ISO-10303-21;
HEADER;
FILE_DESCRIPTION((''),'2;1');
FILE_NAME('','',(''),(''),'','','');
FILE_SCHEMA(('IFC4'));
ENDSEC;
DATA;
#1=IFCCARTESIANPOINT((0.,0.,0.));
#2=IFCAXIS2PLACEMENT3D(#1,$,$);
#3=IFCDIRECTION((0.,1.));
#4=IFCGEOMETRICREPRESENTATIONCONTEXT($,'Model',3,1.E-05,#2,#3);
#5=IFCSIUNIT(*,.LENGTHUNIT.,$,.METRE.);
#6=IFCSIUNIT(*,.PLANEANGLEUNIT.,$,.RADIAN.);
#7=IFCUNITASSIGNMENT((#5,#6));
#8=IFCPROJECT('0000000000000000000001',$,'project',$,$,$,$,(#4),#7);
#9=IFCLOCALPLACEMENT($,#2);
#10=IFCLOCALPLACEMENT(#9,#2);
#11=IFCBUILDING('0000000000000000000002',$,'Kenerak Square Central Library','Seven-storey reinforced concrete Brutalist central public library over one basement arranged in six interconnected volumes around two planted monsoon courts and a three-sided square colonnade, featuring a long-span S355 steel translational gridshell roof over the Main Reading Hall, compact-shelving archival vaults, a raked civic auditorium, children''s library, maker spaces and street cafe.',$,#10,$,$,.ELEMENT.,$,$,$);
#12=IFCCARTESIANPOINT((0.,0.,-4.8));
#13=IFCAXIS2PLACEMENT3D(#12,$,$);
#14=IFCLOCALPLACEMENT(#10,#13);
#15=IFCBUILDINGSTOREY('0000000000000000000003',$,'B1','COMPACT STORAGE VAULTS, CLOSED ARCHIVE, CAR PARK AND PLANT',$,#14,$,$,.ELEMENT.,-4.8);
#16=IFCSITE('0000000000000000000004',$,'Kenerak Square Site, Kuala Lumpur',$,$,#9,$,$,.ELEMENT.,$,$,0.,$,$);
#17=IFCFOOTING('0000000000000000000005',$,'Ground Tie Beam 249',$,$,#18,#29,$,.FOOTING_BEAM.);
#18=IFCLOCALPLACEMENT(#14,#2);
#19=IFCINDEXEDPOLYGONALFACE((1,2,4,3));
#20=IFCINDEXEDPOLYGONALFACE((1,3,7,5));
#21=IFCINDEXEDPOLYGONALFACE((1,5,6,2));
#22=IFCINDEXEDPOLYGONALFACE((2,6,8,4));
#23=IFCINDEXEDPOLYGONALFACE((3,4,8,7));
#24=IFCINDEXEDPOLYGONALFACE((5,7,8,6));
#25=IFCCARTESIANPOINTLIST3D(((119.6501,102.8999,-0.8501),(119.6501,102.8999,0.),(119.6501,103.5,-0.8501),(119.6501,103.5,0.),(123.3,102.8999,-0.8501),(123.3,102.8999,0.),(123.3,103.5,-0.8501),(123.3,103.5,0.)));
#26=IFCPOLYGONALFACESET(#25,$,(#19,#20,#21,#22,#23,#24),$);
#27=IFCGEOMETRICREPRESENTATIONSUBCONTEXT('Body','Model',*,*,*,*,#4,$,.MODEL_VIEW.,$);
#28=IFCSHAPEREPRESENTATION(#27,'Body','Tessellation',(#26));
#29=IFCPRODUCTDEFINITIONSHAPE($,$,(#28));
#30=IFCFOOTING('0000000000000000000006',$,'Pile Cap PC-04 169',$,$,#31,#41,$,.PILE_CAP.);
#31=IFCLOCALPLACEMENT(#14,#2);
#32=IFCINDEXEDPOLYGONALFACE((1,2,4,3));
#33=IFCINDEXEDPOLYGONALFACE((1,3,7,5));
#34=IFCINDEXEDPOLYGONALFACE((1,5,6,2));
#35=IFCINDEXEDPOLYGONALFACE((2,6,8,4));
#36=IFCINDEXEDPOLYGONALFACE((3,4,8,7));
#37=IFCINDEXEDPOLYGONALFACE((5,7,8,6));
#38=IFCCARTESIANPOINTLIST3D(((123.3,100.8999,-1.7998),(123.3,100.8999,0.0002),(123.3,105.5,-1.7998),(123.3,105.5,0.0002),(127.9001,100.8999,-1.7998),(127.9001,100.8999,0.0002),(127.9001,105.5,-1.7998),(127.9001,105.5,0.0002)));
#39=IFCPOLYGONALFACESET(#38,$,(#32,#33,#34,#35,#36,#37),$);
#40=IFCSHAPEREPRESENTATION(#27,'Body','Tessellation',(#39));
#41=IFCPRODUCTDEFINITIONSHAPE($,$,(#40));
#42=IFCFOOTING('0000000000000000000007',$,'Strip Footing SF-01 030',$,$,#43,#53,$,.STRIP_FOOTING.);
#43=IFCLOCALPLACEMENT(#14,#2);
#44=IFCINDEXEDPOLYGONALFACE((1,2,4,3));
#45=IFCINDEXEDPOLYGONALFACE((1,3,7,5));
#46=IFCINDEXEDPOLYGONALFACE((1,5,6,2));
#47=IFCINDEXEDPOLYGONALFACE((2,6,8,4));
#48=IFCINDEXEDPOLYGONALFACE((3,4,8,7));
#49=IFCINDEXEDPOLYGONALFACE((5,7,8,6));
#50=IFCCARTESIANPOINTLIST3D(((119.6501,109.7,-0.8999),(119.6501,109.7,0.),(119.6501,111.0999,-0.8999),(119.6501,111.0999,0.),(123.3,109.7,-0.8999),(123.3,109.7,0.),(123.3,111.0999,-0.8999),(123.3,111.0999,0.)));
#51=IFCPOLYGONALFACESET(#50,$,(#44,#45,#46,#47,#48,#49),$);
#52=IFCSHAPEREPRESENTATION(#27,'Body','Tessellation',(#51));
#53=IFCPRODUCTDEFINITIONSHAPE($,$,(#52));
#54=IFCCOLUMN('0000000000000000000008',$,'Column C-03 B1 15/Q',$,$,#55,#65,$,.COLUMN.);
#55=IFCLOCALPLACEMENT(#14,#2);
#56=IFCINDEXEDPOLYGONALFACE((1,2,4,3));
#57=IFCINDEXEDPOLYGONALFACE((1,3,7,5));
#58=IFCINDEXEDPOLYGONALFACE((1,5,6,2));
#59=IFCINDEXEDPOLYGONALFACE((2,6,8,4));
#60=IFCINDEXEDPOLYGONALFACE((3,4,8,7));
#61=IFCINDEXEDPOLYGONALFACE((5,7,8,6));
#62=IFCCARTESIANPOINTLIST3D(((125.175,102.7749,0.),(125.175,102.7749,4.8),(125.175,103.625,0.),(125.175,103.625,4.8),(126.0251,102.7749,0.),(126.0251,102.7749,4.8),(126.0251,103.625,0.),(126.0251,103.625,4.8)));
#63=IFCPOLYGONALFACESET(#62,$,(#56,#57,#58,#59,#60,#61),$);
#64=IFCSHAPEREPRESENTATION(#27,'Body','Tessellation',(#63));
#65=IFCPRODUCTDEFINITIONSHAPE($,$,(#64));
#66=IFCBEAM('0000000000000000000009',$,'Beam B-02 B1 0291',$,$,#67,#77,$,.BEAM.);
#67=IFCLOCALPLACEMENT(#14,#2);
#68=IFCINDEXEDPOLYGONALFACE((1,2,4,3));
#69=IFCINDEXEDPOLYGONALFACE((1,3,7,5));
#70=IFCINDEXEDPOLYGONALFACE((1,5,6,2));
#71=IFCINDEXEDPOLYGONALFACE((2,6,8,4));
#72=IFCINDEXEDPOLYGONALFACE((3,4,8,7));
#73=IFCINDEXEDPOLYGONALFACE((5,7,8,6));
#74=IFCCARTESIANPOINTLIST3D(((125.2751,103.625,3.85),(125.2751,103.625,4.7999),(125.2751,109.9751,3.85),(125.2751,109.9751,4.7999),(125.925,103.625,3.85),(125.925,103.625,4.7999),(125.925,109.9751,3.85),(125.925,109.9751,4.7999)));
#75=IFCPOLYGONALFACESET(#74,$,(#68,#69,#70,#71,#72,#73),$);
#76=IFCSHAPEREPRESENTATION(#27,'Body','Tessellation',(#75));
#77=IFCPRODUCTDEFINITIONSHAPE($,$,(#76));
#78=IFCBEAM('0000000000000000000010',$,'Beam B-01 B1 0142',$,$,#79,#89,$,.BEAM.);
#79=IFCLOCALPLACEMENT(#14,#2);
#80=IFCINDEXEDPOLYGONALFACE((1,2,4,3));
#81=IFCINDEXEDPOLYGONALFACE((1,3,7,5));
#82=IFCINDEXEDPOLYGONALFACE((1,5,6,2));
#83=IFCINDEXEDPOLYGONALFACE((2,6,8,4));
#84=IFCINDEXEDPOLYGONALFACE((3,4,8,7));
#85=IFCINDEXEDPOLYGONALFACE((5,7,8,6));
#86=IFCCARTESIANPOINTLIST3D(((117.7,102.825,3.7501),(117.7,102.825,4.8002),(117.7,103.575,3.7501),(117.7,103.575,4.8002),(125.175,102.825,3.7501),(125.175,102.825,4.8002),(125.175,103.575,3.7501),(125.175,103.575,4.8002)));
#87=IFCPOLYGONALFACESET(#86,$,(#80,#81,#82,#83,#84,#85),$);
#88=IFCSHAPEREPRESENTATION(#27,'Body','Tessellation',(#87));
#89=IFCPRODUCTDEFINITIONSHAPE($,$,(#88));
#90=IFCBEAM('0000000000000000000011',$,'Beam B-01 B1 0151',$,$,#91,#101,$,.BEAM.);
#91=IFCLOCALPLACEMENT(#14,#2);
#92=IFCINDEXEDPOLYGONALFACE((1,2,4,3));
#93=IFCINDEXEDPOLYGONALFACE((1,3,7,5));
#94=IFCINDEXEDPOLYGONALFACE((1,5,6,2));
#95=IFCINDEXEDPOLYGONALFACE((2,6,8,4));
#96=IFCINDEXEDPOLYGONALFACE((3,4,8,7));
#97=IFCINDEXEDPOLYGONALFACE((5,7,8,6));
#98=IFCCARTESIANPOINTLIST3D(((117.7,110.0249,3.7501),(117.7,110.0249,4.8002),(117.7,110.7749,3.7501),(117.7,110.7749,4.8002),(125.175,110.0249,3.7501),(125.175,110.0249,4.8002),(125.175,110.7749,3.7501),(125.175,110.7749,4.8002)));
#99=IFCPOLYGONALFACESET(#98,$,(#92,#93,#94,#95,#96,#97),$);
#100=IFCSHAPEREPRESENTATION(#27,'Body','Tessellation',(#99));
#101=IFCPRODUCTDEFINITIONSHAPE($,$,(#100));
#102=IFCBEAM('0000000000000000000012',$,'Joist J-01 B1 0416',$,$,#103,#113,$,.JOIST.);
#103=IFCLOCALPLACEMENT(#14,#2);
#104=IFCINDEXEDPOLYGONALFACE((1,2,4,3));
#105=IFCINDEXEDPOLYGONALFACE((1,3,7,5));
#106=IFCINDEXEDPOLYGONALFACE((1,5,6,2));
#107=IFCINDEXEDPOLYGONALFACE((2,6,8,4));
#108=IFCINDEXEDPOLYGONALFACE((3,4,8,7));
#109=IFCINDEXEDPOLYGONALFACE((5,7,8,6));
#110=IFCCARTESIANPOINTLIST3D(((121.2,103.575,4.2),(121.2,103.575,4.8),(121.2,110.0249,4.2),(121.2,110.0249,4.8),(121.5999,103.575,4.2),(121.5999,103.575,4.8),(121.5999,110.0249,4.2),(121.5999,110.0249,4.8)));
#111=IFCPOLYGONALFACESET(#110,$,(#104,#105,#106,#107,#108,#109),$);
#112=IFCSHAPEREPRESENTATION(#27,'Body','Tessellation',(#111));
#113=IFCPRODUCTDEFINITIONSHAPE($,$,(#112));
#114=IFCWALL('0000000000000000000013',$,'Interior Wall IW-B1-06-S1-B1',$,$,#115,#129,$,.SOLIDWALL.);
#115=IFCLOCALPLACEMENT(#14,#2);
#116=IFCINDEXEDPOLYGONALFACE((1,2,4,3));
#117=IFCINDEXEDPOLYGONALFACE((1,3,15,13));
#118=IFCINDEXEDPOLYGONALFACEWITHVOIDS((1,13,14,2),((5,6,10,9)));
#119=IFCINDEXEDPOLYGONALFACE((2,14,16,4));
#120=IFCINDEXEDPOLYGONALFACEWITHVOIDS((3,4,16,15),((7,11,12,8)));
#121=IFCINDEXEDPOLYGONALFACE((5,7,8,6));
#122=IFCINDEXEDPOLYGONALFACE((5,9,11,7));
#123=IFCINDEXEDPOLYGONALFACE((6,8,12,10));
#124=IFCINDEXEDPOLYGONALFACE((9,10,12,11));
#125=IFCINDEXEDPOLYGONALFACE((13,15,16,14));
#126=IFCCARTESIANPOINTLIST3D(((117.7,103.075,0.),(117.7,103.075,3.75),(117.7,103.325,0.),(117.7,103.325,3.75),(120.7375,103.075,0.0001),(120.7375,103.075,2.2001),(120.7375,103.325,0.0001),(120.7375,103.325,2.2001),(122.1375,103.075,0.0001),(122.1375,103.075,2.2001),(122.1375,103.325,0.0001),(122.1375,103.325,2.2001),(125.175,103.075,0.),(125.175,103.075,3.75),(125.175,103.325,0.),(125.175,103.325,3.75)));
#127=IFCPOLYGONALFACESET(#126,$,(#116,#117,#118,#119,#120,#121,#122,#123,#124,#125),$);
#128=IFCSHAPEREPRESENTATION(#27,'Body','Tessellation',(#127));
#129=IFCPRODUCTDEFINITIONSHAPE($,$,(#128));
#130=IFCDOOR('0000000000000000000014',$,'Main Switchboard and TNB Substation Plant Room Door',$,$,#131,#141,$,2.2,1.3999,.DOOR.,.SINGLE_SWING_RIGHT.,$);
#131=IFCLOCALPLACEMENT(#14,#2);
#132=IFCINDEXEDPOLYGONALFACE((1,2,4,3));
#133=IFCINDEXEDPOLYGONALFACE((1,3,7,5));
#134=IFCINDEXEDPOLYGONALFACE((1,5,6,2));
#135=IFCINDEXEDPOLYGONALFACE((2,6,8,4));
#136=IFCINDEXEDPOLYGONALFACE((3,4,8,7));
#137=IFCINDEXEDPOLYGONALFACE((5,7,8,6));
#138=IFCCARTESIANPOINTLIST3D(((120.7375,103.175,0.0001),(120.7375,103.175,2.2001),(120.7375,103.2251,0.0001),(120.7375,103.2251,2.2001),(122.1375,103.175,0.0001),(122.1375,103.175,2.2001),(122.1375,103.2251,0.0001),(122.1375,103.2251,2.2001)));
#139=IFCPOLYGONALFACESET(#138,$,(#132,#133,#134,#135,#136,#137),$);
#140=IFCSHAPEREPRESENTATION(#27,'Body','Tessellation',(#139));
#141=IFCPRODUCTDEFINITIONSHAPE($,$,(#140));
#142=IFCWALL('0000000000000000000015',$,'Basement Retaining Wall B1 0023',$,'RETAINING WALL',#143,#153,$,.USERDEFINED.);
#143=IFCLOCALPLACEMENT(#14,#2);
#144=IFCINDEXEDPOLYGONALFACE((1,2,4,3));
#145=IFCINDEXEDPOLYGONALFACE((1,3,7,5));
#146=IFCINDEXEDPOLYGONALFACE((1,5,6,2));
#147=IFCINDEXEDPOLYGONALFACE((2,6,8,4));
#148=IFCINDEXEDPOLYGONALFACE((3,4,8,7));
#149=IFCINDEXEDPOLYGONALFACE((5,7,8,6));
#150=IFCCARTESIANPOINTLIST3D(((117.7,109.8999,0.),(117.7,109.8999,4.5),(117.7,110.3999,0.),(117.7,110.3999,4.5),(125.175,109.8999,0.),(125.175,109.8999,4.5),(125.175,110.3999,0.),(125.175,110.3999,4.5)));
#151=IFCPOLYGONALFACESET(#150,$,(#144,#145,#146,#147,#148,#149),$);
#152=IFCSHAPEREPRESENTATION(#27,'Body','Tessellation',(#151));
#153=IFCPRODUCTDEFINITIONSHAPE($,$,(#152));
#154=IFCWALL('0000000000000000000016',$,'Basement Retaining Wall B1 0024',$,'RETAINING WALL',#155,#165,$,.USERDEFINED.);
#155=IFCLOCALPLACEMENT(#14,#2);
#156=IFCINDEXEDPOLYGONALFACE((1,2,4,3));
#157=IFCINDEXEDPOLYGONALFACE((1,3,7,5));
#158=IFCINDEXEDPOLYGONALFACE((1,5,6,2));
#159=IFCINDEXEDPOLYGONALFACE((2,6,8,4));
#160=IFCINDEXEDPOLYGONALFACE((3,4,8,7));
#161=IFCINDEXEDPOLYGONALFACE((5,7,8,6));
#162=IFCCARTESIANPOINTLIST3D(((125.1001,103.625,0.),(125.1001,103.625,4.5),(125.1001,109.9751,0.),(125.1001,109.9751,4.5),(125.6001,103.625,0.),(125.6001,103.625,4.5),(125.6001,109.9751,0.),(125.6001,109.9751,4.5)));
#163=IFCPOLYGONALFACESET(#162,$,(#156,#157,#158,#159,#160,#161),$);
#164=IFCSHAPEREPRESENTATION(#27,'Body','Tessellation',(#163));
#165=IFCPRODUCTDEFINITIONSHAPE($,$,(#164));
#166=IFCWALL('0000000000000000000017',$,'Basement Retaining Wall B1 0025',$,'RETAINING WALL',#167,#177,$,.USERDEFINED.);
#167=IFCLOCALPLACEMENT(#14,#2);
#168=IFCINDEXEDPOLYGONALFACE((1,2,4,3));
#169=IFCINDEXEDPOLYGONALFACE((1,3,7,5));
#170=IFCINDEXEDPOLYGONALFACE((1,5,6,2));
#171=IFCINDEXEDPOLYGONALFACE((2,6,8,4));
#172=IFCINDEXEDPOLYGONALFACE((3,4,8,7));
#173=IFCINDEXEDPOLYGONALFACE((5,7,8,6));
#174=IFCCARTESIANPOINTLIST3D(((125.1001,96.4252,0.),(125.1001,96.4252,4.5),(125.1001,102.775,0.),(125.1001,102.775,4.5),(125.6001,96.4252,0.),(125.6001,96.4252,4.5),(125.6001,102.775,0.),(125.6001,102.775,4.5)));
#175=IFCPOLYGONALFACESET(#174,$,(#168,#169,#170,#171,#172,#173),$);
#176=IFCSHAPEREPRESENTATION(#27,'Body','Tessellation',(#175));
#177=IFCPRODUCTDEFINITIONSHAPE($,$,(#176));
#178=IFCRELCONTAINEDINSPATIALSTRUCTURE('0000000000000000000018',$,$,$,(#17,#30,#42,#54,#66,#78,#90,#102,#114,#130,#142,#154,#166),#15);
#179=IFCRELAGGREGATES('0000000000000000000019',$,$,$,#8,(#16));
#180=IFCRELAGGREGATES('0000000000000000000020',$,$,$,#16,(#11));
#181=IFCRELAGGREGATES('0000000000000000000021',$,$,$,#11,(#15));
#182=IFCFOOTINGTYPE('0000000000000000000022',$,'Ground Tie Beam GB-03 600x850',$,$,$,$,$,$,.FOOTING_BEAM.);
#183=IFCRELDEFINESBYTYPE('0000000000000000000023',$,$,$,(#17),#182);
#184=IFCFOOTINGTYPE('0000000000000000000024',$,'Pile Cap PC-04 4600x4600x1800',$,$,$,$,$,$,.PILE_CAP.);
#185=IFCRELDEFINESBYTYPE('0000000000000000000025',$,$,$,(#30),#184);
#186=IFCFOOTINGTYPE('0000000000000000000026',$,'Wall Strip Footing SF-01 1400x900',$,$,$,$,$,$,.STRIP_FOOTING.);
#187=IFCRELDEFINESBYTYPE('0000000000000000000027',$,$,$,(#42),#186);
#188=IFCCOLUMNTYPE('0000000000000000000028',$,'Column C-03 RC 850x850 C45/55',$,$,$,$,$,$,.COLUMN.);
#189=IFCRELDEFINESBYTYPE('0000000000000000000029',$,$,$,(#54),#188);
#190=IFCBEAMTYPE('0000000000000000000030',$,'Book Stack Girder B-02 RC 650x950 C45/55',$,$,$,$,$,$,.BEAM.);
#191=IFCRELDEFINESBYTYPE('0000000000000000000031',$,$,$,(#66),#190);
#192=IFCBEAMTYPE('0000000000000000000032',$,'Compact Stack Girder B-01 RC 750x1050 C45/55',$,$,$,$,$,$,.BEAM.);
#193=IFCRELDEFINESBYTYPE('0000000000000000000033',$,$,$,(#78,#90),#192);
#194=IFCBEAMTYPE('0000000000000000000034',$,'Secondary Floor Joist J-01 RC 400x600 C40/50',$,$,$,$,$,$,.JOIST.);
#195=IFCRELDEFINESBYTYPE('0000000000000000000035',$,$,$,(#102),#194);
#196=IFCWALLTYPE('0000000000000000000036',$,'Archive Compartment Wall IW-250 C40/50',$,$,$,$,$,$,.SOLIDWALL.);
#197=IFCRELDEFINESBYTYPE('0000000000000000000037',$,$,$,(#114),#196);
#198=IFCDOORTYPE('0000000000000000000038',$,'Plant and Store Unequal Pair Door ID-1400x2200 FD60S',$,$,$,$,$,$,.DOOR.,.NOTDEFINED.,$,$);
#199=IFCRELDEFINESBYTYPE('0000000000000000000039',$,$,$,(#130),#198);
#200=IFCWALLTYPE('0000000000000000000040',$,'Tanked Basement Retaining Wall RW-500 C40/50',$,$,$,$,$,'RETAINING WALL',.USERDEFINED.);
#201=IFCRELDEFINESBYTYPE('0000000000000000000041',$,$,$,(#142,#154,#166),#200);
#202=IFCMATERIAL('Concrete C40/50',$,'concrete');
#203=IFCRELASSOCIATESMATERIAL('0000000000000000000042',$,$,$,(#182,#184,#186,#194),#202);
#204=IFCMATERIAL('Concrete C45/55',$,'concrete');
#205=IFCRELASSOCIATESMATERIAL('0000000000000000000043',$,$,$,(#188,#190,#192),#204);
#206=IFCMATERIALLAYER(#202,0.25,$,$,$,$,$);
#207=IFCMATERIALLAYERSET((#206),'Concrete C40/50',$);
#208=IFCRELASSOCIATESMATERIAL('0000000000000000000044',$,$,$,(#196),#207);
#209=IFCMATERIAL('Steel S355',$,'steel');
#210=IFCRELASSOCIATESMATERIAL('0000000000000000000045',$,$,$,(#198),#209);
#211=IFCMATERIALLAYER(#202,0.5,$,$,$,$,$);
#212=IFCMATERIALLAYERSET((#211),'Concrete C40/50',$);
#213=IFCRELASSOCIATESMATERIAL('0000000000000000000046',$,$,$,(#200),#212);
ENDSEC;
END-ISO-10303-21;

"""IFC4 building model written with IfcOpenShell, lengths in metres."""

from ifc_helpers import new_model, si_unit, direction, frame, frame_2d, origin, origin_2d, place, context, subcontext, project, spatial, rectangle, extrude, material, layer, layer_set, material_profile, profile_set, type_object, element, fill, save


model = new_model("IFC4")

# Units and contexts
model_context = context("Model", 3, precision=1e-05, world=origin(), true_north=direction((0.0, 1.0)))
body_context = subcontext(model_context, "Body", "Model", "MODEL_VIEW")
ifc_project = project(units=[si_unit("LENGTHUNIT", "METRE"), si_unit("PLANEANGLEUNIT", "RADIAN")], contexts=[model_context])

# Site, building, storey
site_placement = place(None, origin())
site = spatial("IfcSite", under=ifc_project, at=site_placement, Name="Kenerak Square Site, Kuala Lumpur", CompositionType="ELEMENT", RefElevation=0.0)
building_placement = place(site_placement, origin())
building = spatial("IfcBuilding", under=site, at=building_placement, Name="Kenerak Square Central Library", Description="Seven-storey reinforced concrete Brutalist central public library over one basement arranged in six interconnected volumes around two planted monsoon courts and a three-sided square colonnade, featuring a long-span S355 steel translational gridshell roof over the Main Reading Hall, compact-shelving archival vaults, a raked civic auditorium, children's library, maker spaces and street cafe.", CompositionType="ELEMENT")
storey_placement = place(building_placement, frame((0.0, 0.0, -4.8)))
storey = spatial("IfcBuildingStorey", under=building, at=storey_placement, Name="B1", Description="COMPACT STORAGE VAULTS, CLOSED ARCHIVE, CAR PARK AND PLANT", CompositionType="ELEMENT", Elevation=-4.8)

# Shared definitions
ifc_material_1 = material(Name="Concrete C40/50", Category="concrete")

# Footings
footing_type_1 = type_object("IfcFootingType", Name="Ground Tie Beam GB-03 600x850", PredefinedType="FOOTING_BEAM", material=ifc_material_1)
footing_1_placement = place(storey_placement, frame((121.4751, 103.2, -0.8501), z_axis=(0.0, 0.0, 1.0), x_axis=(1.0, 0.0, 0.0)))
element("IfcFooting", 1, at=footing_1_placement, inside=storey, type_object=footing_type_1, Name="Ground Tie Beam 249", PredefinedType="FOOTING_BEAM", context=body_context, shape_type="SweptSolid", body=[
    extrude(rectangle(XDim=3.6499, YDim=0.6001, at=origin_2d()), origin(), (0.0, 0.0, 1.0), 0.8501),
])
footing_type_2 = type_object("IfcFootingType", Name="Pile Cap PC-04 4600x4600x1800", PredefinedType="PILE_CAP", material=ifc_material_1)
footing_2_placement = place(storey_placement, frame((125.6001, 103.2, -1.7998), z_axis=(0.0, 0.0, 1.0), x_axis=(1.0, 0.0, 0.0)))
element("IfcFooting", 2, at=footing_2_placement, inside=storey, type_object=footing_type_2, Name="Pile Cap PC-04 169", PredefinedType="PILE_CAP", context=body_context, shape_type="SweptSolid", body=[
    extrude(rectangle(XDim=4.6001, YDim=4.6001, at=origin_2d()), origin(), (0.0, 0.0, 1.0), 1.8),
])
footing_type_3 = type_object("IfcFootingType", Name="Wall Strip Footing SF-01 1400x900", PredefinedType="STRIP_FOOTING", material=ifc_material_1)
footing_3_placement = place(storey_placement, frame((121.4751, 110.3999, -0.8999), z_axis=(0.0, 0.0, 1.0), x_axis=(1.0, 0.0, 0.0)))
element("IfcFooting", 3, at=footing_3_placement, inside=storey, type_object=footing_type_3, Name="Strip Footing SF-01 030", PredefinedType="STRIP_FOOTING", context=body_context, shape_type="SweptSolid", body=[
    extrude(rectangle(XDim=3.6499, YDim=1.3999, at=origin_2d()), origin(), (0.0, 0.0, 1.0), 0.8999),
])

# Column
ifc_material_2 = material(Name="Concrete C45/55", Category="concrete")
ifc_material_profile_1 = material_profile(ifc_material_2, rectangle(XDim=0.8501, YDim=0.8501, at=origin_2d()), Name="RC 850x850")
ifc_profile_set_1 = profile_set([ifc_material_profile_1], Name="Concrete C45/55")
column_type = type_object("IfcColumnType", Name="Column C-03 RC 850x850 C45/55", PredefinedType="COLUMN", material=ifc_profile_set_1)
column_placement = place(storey_placement, frame((125.6001, 103.2, 0.0), z_axis=(0.0, 0.0, 1.0), x_axis=(1.0, 0.0, 0.0)))
element("IfcColumn", 4, at=column_placement, inside=storey, type_object=column_type, Name="Column C-03 B1 15/Q", PredefinedType="COLUMN", context=body_context, shape_type="SweptSolid", body=[
    extrude(rectangle(XDim=0.8501, YDim=0.8501, at=origin_2d()), origin(), (0.0, 0.0, 1.0), 4.8),
])

# Beams
ifc_material_profile_2 = material_profile(ifc_material_2, rectangle(XDim=0.6499, YDim=0.95, at=origin_2d()), Name="RC 650x950")
ifc_profile_set_2 = profile_set([ifc_material_profile_2], Name="Concrete C45/55")
beam_type_1 = type_object("IfcBeamType", Name="Book Stack Girder B-02 RC 650x950 C45/55", PredefinedType="BEAM", material=ifc_profile_set_2)
beam_1_placement = place(storey_placement, frame((125.6001, 103.625, 4.325), z_axis=(0.0, 1.0, 0.0), x_axis=(-1.0, 0.0, 0.0)))
element("IfcBeam", 5, at=beam_1_placement, inside=storey, type_object=beam_type_1, Name="Beam B-02 B1 0291", PredefinedType="BEAM", context=body_context, shape_type="SweptSolid", body=[
    extrude(rectangle(XDim=0.6499, YDim=0.95, at=origin_2d()), origin(), (0.0, 0.0, 1.0), 6.3501),
])
ifc_material_profile_3 = material_profile(ifc_material_2, rectangle(XDim=0.75, YDim=1.05, at=origin_2d()), Name="RC 750x1050")
ifc_profile_set_3 = profile_set([ifc_material_profile_3], Name="Concrete C45/55")
beam_type_2 = type_object("IfcBeamType", Name="Compact Stack Girder B-01 RC 750x1050 C45/55", PredefinedType="BEAM", material=ifc_profile_set_3)
for number, where, z_axis, x_axis, name in (
    (6, (117.7, 103.2, 4.2751), (1.0, 0.0, 0.0), (0.0, 1.0, 0.0), "Beam B-01 B1 0142"),
    (7, (117.7, 110.3999, 4.2751), (1.0, 0.0, 0.0), (0.0, 1.0, 0.0), "Beam B-01 B1 0151"),
):
    element("IfcBeam", number, at=place(storey_placement, frame(where, z_axis=z_axis, x_axis=x_axis)), inside=storey, type_object=beam_type_2, Name=name, PredefinedType="BEAM", context=body_context, shape_type="SweptSolid", body=[
        extrude(rectangle(XDim=0.75, YDim=1.05, at=origin_2d()), origin(), (0.0, 0.0, 1.0), 7.4751),
    ])
ifc_material_profile_4 = material_profile(ifc_material_1, rectangle(XDim=0.3999, YDim=0.6001, at=origin_2d()), Name="RC 400x600")
ifc_profile_set_4 = profile_set([ifc_material_profile_4], Name="Concrete C40/50")
beam_type_3 = type_object("IfcBeamType", Name="Secondary Floor Joist J-01 RC 400x600 C40/50", PredefinedType="JOIST", material=ifc_profile_set_4)
beam_2_placement = place(storey_placement, frame((121.3999, 103.575, 4.5), z_axis=(0.0, 1.0, 0.0), x_axis=(-1.0, 0.0, 0.0)))
element("IfcBeam", 8, at=beam_2_placement, inside=storey, type_object=beam_type_3, Name="Joist J-01 B1 0416", PredefinedType="JOIST", context=body_context, shape_type="SweptSolid", body=[
    extrude(rectangle(XDim=0.3999, YDim=0.6001, at=origin_2d()), origin(), (0.0, 0.0, 1.0), 6.45),
])

# Wall, opening, door
ifc_layer_1 = layer(ifc_material_1, 0.25)
ifc_layer_set_1 = layer_set([ifc_layer_1], Name="Concrete C40/50")
wall_type_1 = type_object("IfcWallType", Name="Archive Compartment Wall IW-250 C40/50", PredefinedType="SOLIDWALL", material=ifc_layer_set_1)
wall_1_placement = place(storey_placement, frame((125.175, 103.2, 0.0), z_axis=(0.0, 0.0, 1.0), x_axis=(-1.0, 0.0, 0.0)))
wall_1 = element("IfcWall", 9, at=wall_1_placement, inside=storey, type_object=wall_type_1, Name="Interior Wall IW-B1-06-S1-B1", PredefinedType="SOLIDWALL", context=body_context, shape_type="SweptSolid", body=[
    extrude(rectangle(XDim=7.4751, YDim=0.25, at=frame_2d((3.7375, 0.0))), origin(), (0.0, 0.0, 1.0), 3.75),
])
opening_placement = place(wall_1_placement, frame((3.0376, 0.0, 0.0)))
opening = element("IfcOpeningElement", 10, at=opening_placement, cuts=wall_1, PredefinedType="OPENING", context=body_context, shape_type="SweptSolid", body=[
    extrude(rectangle(XDim=1.3999, YDim=2.2, at=frame_2d((0.7, 1.1001))), frame((0.0, 0.135, 0.0), z_axis=(0.0, -1.0, 0.0), x_axis=(1.0, 0.0, 0.0)), (0.0, 0.0, 1.0), 0.27),
])
ifc_material_3 = material(Name="Steel S355", Category="steel")
door_type = type_object("IfcDoorType", Name="Plant and Store Unequal Pair Door ID-1400x2200 FD60S", OperationType="NOTDEFINED", PredefinedType="DOOR", material=ifc_material_3)
door_placement = place(opening_placement, origin())
door = element("IfcDoor", 11, at=door_placement, inside=storey, type_object=door_type, Name="Main Switchboard and TNB Substation Plant Room Door", OperationType="SINGLE_SWING_RIGHT", OverallHeight=2.2, OverallWidth=1.3999, PredefinedType="DOOR", context=body_context, shape_type="SweptSolid", body=[
    extrude(rectangle(XDim=1.3999, YDim=2.2, at=frame_2d((0.7, 1.1001))), frame((0.0, 0.0249, 0.0), z_axis=(0.0, -1.0, 0.0), x_axis=(1.0, 0.0, 0.0)), (0.0, 0.0, 1.0), 0.05),
])
fill(opening, door)

# Walls
ifc_layer_2 = layer(ifc_material_1, 0.5)
ifc_layer_set_2 = layer_set([ifc_layer_2], Name="Concrete C40/50")
wall_type_2 = type_object("IfcWallType", Name="Tanked Basement Retaining Wall RW-500 C40/50", ElementType="RETAINING WALL", PredefinedType="USERDEFINED", material=ifc_layer_set_2)
wall_2_placement = place(storey_placement, frame((117.7, 110.1499, 0.0), z_axis=(0.0, 0.0, 1.0), x_axis=(1.0, 0.0, 0.0)))
element("IfcWall", 12, at=wall_2_placement, inside=storey, type_object=wall_type_2, Name="Basement Retaining Wall B1 0023", ObjectType="RETAINING WALL", PredefinedType="USERDEFINED", context=body_context, shape_type="SweptSolid", body=[
    extrude(rectangle(XDim=7.4751, YDim=0.5, at=frame_2d((3.7375, 0.0))), origin(), (0.0, 0.0, 1.0), 4.5),
])
wall_3_placement = place(storey_placement, frame((125.3501, 109.9751, 0.0), z_axis=(0.0, 0.0, 1.0), x_axis=(0.0, -1.0, 0.0)))
element("IfcWall", 13, at=wall_3_placement, inside=storey, type_object=wall_type_2, Name="Basement Retaining Wall B1 0024", ObjectType="RETAINING WALL", PredefinedType="USERDEFINED", context=body_context, shape_type="SweptSolid", body=[
    extrude(rectangle(XDim=6.3501, YDim=0.5, at=frame_2d((3.175, 0.0))), origin(), (0.0, 0.0, 1.0), 4.5),
])
wall_4_placement = place(storey_placement, frame((125.3501, 102.7749, 0.0), z_axis=(0.0, 0.0, 1.0), x_axis=(0.0, -1.0, 0.0)))
element("IfcWall", 14, at=wall_4_placement, inside=storey, type_object=wall_type_2, Name="Basement Retaining Wall B1 0025", ObjectType="RETAINING WALL", PredefinedType="USERDEFINED", context=body_context, shape_type="SweptSolid", body=[
    extrude(rectangle(XDim=6.3499, YDim=0.5, at=frame_2d((3.1748, 0.0))), origin(), (0.0, 0.0, 1.0), 4.5),
])

save(model, "model.ifc")
